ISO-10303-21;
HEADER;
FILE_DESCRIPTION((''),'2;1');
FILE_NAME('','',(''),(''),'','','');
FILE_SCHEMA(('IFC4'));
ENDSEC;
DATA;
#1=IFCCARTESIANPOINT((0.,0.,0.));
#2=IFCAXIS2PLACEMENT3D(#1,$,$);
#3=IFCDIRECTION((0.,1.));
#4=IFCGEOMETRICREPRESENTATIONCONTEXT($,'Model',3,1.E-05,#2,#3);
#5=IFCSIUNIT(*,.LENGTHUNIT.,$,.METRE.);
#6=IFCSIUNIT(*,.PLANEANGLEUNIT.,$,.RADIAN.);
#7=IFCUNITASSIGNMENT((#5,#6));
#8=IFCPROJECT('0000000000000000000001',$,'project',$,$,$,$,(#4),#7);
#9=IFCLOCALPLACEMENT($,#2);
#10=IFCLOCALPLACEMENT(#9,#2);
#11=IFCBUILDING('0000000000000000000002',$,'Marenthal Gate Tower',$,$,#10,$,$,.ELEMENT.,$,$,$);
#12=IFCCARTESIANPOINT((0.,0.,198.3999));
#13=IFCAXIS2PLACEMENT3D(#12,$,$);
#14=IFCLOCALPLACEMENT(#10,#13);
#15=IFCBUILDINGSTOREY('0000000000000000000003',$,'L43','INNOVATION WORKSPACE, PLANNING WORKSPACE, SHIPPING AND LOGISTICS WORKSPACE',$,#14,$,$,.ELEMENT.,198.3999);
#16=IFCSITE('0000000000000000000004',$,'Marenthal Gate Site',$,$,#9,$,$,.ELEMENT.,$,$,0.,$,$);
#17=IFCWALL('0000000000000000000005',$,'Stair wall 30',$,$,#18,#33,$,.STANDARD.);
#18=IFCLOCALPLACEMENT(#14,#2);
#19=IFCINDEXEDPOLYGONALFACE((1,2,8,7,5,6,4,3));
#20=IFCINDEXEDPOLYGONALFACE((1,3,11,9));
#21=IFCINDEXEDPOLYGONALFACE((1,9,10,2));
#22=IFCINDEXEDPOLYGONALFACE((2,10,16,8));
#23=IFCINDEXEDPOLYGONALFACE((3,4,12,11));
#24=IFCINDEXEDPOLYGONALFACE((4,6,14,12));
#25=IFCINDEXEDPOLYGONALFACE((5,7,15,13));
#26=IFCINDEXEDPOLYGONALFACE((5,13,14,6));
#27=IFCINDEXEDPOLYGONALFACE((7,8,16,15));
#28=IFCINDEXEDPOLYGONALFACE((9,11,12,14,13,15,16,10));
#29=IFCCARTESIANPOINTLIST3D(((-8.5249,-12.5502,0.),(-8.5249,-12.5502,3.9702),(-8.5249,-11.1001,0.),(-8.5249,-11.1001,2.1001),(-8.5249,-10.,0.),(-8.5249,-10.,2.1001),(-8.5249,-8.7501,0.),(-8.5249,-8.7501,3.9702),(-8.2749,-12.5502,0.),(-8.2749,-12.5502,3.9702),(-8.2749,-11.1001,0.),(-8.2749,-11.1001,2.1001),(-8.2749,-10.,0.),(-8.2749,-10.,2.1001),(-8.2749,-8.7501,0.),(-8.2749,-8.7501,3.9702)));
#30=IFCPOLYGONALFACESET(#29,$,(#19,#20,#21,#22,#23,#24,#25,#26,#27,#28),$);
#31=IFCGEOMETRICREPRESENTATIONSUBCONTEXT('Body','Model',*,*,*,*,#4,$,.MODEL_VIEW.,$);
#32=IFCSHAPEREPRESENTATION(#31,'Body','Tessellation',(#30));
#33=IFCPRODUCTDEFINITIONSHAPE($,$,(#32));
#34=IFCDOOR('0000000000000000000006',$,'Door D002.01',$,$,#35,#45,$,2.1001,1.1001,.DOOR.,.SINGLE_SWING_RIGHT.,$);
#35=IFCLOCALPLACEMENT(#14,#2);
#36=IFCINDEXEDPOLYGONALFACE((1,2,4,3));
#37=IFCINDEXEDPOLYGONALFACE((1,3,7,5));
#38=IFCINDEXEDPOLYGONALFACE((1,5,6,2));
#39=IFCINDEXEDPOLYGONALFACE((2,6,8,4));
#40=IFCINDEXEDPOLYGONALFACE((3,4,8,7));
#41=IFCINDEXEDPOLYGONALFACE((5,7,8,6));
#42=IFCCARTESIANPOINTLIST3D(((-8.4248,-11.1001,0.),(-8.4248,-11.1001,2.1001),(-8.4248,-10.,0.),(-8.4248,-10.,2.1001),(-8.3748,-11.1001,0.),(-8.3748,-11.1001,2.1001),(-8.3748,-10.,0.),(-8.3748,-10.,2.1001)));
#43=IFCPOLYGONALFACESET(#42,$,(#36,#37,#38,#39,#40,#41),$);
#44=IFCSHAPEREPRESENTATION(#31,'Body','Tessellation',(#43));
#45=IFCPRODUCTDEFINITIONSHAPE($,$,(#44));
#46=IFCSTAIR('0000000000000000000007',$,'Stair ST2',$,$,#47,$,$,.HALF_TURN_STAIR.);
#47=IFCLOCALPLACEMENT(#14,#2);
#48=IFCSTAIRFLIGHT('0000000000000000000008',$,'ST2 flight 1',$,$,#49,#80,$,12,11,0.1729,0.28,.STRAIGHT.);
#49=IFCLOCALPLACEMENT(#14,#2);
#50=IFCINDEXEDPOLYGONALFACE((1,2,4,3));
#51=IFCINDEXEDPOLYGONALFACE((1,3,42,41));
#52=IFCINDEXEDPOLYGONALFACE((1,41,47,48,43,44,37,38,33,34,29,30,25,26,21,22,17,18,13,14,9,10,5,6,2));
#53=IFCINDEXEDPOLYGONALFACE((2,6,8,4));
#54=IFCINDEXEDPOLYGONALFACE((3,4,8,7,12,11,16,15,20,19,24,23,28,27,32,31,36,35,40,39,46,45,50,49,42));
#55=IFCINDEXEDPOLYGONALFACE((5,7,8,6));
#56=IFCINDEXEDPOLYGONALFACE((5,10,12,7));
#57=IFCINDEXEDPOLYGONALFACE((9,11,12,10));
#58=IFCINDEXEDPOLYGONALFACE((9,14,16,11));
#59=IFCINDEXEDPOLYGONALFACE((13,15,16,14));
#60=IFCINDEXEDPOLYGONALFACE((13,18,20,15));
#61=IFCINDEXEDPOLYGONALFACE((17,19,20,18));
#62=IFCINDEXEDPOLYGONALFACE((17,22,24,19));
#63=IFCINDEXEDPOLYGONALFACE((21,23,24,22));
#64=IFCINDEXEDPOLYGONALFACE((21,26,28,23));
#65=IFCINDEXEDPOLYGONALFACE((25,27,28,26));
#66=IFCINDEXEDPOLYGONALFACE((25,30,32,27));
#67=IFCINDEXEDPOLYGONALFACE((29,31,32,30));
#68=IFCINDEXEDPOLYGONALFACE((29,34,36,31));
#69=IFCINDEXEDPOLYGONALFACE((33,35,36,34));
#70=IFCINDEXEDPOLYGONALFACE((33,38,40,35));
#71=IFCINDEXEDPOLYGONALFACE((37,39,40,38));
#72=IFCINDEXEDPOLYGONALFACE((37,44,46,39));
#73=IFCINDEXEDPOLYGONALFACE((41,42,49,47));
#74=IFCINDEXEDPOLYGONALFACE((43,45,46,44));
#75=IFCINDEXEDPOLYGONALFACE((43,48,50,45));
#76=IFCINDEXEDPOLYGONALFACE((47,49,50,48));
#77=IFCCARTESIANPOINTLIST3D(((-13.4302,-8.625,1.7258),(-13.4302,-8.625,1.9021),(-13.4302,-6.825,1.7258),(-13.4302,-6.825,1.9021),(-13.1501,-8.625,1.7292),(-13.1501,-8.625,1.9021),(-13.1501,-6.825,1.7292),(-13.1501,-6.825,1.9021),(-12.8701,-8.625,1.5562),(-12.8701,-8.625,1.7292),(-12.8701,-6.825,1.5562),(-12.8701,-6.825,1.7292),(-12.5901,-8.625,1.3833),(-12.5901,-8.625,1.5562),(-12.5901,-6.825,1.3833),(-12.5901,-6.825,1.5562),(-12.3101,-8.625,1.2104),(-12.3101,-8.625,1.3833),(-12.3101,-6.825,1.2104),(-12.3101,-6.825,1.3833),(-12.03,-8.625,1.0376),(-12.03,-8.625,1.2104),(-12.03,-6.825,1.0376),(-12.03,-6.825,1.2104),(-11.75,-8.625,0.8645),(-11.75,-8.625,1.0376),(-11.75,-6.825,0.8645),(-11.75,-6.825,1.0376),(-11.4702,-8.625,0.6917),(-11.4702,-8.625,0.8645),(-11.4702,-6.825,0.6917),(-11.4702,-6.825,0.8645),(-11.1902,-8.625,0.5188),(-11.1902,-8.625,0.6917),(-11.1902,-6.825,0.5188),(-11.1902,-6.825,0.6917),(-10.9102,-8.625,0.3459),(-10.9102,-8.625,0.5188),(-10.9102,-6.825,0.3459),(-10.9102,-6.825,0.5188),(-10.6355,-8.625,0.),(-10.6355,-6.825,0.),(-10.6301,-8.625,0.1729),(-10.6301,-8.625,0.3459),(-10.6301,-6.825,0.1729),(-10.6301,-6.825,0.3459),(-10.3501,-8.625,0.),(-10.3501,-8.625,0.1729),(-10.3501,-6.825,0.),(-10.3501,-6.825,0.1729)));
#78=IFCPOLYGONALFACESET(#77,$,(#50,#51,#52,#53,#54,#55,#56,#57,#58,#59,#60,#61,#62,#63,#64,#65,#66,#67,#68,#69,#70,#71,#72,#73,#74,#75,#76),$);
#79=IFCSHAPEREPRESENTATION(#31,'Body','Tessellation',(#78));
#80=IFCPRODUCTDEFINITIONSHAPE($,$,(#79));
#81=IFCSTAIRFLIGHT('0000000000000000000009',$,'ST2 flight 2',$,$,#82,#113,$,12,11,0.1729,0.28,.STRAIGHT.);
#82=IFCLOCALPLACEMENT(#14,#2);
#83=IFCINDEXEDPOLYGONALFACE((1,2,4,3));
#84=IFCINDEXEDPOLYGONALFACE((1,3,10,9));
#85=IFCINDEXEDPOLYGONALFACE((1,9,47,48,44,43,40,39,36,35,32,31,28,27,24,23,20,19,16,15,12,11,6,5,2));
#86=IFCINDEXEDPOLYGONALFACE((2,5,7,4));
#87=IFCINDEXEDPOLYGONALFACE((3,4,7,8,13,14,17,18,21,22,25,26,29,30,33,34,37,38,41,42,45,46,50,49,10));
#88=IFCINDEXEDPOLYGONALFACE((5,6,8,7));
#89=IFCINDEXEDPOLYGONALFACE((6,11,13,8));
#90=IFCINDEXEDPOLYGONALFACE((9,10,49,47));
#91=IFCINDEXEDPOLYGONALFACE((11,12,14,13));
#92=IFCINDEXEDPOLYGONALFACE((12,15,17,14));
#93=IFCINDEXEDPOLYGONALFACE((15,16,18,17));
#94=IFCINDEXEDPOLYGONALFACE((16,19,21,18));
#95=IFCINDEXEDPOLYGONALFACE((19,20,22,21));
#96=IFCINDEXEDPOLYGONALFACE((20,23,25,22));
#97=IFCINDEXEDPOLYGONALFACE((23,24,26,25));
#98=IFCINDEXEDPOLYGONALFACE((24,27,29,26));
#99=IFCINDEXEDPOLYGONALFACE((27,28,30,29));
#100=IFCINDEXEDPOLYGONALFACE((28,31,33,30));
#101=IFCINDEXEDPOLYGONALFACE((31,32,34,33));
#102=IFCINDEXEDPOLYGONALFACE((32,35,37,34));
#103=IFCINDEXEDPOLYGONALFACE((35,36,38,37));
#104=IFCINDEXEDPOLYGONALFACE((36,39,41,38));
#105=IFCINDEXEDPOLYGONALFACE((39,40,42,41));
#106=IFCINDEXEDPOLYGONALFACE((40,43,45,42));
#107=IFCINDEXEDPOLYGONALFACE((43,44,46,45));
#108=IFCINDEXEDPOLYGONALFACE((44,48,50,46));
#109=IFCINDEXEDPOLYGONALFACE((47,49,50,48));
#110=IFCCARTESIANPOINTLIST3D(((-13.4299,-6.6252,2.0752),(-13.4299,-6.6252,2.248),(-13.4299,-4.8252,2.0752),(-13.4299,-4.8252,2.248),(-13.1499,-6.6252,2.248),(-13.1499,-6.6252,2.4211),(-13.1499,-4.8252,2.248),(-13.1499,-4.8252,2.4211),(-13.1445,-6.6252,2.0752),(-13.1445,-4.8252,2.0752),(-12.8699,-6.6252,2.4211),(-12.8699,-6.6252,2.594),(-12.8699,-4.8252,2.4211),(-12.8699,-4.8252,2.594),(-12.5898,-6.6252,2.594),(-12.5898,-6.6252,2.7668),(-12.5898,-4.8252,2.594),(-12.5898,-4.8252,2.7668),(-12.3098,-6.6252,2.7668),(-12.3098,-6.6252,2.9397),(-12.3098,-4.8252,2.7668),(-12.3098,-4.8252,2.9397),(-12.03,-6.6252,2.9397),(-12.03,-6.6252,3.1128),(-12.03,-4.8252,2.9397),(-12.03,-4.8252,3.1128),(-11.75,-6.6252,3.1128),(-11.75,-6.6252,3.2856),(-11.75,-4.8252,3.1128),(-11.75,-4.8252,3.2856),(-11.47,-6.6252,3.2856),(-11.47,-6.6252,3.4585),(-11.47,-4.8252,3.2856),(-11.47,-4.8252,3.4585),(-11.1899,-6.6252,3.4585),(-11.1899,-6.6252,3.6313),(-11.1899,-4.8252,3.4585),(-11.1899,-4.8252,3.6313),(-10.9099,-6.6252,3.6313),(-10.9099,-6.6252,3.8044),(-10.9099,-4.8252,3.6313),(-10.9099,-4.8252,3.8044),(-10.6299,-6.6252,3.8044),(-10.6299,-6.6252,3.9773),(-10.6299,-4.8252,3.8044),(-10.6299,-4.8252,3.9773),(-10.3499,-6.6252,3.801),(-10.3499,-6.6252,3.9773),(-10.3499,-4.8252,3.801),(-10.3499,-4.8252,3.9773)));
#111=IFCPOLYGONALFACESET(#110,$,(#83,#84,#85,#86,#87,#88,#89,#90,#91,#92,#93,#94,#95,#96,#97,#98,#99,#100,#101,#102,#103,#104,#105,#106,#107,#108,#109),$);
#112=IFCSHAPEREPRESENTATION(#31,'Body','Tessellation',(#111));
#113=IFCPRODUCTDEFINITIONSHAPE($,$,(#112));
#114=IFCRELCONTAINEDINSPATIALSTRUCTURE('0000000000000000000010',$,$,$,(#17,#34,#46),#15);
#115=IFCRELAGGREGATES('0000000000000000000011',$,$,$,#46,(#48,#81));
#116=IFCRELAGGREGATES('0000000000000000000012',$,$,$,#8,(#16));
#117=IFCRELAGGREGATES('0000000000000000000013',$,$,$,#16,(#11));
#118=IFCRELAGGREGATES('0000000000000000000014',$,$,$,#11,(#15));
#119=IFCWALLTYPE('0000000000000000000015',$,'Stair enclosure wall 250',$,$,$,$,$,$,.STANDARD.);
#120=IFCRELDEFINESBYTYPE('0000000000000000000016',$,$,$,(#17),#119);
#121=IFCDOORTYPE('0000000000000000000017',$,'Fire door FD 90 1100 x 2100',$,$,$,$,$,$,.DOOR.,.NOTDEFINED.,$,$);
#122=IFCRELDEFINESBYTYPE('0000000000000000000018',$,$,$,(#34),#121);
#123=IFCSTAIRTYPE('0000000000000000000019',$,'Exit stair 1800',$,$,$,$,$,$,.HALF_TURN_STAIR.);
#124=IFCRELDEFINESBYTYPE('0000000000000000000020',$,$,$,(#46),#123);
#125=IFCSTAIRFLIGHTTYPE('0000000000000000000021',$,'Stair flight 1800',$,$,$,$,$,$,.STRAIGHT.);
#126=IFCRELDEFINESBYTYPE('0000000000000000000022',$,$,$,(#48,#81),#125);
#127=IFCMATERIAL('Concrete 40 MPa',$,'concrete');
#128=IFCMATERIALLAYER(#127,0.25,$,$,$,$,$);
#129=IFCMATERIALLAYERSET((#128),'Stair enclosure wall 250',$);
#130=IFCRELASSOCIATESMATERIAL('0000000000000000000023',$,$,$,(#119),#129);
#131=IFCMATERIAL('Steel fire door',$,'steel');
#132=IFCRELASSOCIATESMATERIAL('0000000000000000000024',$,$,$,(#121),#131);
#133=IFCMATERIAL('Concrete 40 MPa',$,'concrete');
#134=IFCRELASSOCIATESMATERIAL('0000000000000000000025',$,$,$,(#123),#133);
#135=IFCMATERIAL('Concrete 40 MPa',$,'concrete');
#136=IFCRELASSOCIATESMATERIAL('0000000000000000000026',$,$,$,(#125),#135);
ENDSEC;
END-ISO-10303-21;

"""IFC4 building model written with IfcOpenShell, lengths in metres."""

from ifc_helpers import new_model, si_unit, direction, frame, frame_2d, origin, place, context, subcontext, project, spatial, polyline, rectangle, outline, extrude, material, layer, layer_set, type_object, element, fill, aggregate, save


model = new_model("IFC4")

# Units and contexts
model_context = context("Model", 3, precision=1e-05, world=origin(), true_north=direction((0.0, 1.0)))
body_context = subcontext(model_context, "Body", "Model", "MODEL_VIEW")
ifc_project = project(units=[si_unit("LENGTHUNIT", "METRE"), si_unit("PLANEANGLEUNIT", "RADIAN")], contexts=[model_context])

# Site, building, storey
site_placement = place(None, origin())
site = spatial("IfcSite", under=ifc_project, at=site_placement, Name="Marenthal Gate Site", CompositionType="ELEMENT", RefElevation=0.0)
building_placement = place(site_placement, origin())
building = spatial("IfcBuilding", under=site, at=building_placement, Name="Marenthal Gate Tower", CompositionType="ELEMENT")
storey_placement = place(building_placement, frame((0.0, 0.0, 198.3999)))
storey = spatial("IfcBuildingStorey", under=building, at=storey_placement, Name="L43", Description="INNOVATION WORKSPACE, PLANNING WORKSPACE, SHIPPING AND LOGISTICS WORKSPACE", CompositionType="ELEMENT", Elevation=198.3999)

# Shared definitions
ifc_material_1 = material(Name="Concrete 40 MPa", Category="concrete")
ifc_layer_1 = layer(ifc_material_1, 0.25)
ifc_layer_set_1 = layer_set([ifc_layer_1], Name="Stair enclosure wall 250")
wall_type_1 = type_object("IfcWallType", Name="Stair enclosure wall 250", PredefinedType="STANDARD", material=ifc_layer_set_1)

# Wall, opening, door
wall_1_placement = place(storey_placement, frame((-8.3999, -12.55, 0.0), z_axis=(0.0, 0.0, 1.0), x_axis=(0.0, 1.0, 0.0)))
wall_1 = element("IfcWall", 1, at=wall_1_placement, inside=storey, type_object=wall_type_1, Name="Stair wall 30", PredefinedType="STANDARD", context=body_context, shape_type="SweptSolid", body=[
    extrude(rectangle(XDim=3.8, YDim=0.25, at=frame_2d((1.8999, 0.0))), origin(), (0.0, 0.0, 1.0), 3.9702),
])
opening_1_placement = place(wall_1_placement, frame((1.45, 0.0, 0.0)))
opening_1 = element("IfcOpeningElement", 2, at=opening_1_placement, cuts=wall_1, PredefinedType="OPENING", context=body_context, shape_type="SweptSolid", body=[
    extrude(rectangle(XDim=1.1001, YDim=2.1001, at=frame_2d((0.55, 1.05))), frame((0.0, 0.135, 0.0), z_axis=(0.0, -1.0, 0.0), x_axis=(1.0, 0.0, 0.0)), (0.0, 0.0, 1.0), 0.27),
])
ifc_material_2 = material(Name="Steel fire door", Category="steel")
door_type_1 = type_object("IfcDoorType", Name="Fire door FD 90 1100 x 2100", OperationType="NOTDEFINED", PredefinedType="DOOR", material=ifc_material_2)
door_1_placement = place(opening_1_placement, origin())
door_1 = element("IfcDoor", 3, at=door_1_placement, inside=storey, type_object=door_type_1, Name="Door D002.01", OperationType="SINGLE_SWING_RIGHT", OverallHeight=2.1001, OverallWidth=1.1001, PredefinedType="DOOR", context=body_context, shape_type="SweptSolid", body=[
    extrude(rectangle(XDim=1.1001, YDim=2.1001, at=frame_2d((0.55, 1.05))), frame((0.0, 0.0249, 0.0), z_axis=(0.0, -1.0, 0.0), x_axis=(1.0, 0.0, 0.0)), (0.0, 0.0, 1.0), 0.05),
])
fill(opening_1, door_1)

# Stair, stair flights
ifc_material_3 = material(Name="Concrete 40 MPa", Category="concrete")
stair_type = type_object("IfcStairType", Name="Exit stair 1800", PredefinedType="HALF_TURN_STAIR", material=ifc_material_3)
stair_placement = place(storey_placement, origin())
stair = element("IfcStair", 4, at=stair_placement, inside=storey, type_object=stair_type, Name="Stair ST2", PredefinedType="HALF_TURN_STAIR")
ifc_material_4 = material(Name="Concrete 40 MPa", Category="concrete")
stair_flight_type = type_object("IfcStairFlightType", Name="Stair flight 1800", PredefinedType="STRAIGHT", material=ifc_material_4)
stair_flight_1_placement = place(storey_placement, frame((-10.3501, -7.7251, 0.0), z_axis=(0.0, 0.0, 1.0), x_axis=(-1.0, 0.0, 0.0)))
stair_flight_1 = element("IfcStairFlight", 5, at=stair_flight_1_placement, type_object=stair_flight_type, Name="ST2 flight 1", NumberOfRisers=12, NumberOfTreads=11, PredefinedType="STRAIGHT", RiserHeight=0.1729, TreadLength=0.28, context=body_context, shape_type="SweptSolid", body=[
    extrude(outline(polyline([(0.0, 0.0), (0.0, 0.1729), (0.28, 0.1729), (0.28, 0.3459), (0.5601, 0.3459), (0.5601, 0.5188), (0.8401, 0.5188), (0.8401, 0.6917), (1.1201, 0.6917), (1.1201, 0.8645), (1.3999, 0.8645), (1.3999, 1.0376), (1.6799, 1.0376), (1.6799, 1.2104), (1.96, 1.2104), (1.96, 1.3833), (2.24, 1.3833), (2.24, 1.5562), (2.52, 1.5562), (2.52, 1.7292), (2.8, 1.7292), (2.8, 1.9021), (3.0801, 1.9021), (3.0801, 2.075), (3.0801, 1.7258), (0.2854, 0.0), (0.0, 0.0)])), frame((0.0, 0.8999, 0.0), z_axis=(0.0, -1.0, 0.0), x_axis=(1.0, 0.0, 0.0)), (0.0, 0.0, 1.0), 1.8),
])
stair_flight_2_placement = place(storey_placement, frame((-13.4299, -5.7251, 2.0752), z_axis=(0.0, 0.0, 1.0), x_axis=(1.0, 0.0, 0.0)))
stair_flight_2 = element("IfcStairFlight", 6, at=stair_flight_2_placement, type_object=stair_flight_type, Name="ST2 flight 2", NumberOfRisers=12, NumberOfTreads=11, PredefinedType="STRAIGHT", RiserHeight=0.1729, TreadLength=0.28, context=body_context, shape_type="SweptSolid", body=[
    extrude(outline(polyline([(0.0, 0.0), (0.0, 0.1729), (0.28, 0.1729), (0.28, 0.3459), (0.5601, 0.3459), (0.5601, 0.5188), (0.8401, 0.5188), (0.8401, 0.6917), (1.1201, 0.6917), (1.1201, 0.8645), (1.3999, 0.8645), (1.3999, 1.0376), (1.6799, 1.0376), (1.6799, 1.2104), (1.96, 1.2104), (1.96, 1.3833), (2.24, 1.3833), (2.24, 1.5562), (2.52, 1.5562), (2.52, 1.7292), (2.8, 1.7292), (2.8, 1.9021), (3.0801, 1.9021), (3.0801, 2.075), (3.0801, 1.7258), (0.2854, 0.0), (0.0, 0.0)])), frame((0.0, 0.8999, 0.0), z_axis=(0.0, -1.0, 0.0), x_axis=(1.0, 0.0, 0.0)), (0.0, 0.0, 1.0), 1.8),
])
aggregate(stair, [stair_flight_1, stair_flight_2])

save(model, "model.ifc")
